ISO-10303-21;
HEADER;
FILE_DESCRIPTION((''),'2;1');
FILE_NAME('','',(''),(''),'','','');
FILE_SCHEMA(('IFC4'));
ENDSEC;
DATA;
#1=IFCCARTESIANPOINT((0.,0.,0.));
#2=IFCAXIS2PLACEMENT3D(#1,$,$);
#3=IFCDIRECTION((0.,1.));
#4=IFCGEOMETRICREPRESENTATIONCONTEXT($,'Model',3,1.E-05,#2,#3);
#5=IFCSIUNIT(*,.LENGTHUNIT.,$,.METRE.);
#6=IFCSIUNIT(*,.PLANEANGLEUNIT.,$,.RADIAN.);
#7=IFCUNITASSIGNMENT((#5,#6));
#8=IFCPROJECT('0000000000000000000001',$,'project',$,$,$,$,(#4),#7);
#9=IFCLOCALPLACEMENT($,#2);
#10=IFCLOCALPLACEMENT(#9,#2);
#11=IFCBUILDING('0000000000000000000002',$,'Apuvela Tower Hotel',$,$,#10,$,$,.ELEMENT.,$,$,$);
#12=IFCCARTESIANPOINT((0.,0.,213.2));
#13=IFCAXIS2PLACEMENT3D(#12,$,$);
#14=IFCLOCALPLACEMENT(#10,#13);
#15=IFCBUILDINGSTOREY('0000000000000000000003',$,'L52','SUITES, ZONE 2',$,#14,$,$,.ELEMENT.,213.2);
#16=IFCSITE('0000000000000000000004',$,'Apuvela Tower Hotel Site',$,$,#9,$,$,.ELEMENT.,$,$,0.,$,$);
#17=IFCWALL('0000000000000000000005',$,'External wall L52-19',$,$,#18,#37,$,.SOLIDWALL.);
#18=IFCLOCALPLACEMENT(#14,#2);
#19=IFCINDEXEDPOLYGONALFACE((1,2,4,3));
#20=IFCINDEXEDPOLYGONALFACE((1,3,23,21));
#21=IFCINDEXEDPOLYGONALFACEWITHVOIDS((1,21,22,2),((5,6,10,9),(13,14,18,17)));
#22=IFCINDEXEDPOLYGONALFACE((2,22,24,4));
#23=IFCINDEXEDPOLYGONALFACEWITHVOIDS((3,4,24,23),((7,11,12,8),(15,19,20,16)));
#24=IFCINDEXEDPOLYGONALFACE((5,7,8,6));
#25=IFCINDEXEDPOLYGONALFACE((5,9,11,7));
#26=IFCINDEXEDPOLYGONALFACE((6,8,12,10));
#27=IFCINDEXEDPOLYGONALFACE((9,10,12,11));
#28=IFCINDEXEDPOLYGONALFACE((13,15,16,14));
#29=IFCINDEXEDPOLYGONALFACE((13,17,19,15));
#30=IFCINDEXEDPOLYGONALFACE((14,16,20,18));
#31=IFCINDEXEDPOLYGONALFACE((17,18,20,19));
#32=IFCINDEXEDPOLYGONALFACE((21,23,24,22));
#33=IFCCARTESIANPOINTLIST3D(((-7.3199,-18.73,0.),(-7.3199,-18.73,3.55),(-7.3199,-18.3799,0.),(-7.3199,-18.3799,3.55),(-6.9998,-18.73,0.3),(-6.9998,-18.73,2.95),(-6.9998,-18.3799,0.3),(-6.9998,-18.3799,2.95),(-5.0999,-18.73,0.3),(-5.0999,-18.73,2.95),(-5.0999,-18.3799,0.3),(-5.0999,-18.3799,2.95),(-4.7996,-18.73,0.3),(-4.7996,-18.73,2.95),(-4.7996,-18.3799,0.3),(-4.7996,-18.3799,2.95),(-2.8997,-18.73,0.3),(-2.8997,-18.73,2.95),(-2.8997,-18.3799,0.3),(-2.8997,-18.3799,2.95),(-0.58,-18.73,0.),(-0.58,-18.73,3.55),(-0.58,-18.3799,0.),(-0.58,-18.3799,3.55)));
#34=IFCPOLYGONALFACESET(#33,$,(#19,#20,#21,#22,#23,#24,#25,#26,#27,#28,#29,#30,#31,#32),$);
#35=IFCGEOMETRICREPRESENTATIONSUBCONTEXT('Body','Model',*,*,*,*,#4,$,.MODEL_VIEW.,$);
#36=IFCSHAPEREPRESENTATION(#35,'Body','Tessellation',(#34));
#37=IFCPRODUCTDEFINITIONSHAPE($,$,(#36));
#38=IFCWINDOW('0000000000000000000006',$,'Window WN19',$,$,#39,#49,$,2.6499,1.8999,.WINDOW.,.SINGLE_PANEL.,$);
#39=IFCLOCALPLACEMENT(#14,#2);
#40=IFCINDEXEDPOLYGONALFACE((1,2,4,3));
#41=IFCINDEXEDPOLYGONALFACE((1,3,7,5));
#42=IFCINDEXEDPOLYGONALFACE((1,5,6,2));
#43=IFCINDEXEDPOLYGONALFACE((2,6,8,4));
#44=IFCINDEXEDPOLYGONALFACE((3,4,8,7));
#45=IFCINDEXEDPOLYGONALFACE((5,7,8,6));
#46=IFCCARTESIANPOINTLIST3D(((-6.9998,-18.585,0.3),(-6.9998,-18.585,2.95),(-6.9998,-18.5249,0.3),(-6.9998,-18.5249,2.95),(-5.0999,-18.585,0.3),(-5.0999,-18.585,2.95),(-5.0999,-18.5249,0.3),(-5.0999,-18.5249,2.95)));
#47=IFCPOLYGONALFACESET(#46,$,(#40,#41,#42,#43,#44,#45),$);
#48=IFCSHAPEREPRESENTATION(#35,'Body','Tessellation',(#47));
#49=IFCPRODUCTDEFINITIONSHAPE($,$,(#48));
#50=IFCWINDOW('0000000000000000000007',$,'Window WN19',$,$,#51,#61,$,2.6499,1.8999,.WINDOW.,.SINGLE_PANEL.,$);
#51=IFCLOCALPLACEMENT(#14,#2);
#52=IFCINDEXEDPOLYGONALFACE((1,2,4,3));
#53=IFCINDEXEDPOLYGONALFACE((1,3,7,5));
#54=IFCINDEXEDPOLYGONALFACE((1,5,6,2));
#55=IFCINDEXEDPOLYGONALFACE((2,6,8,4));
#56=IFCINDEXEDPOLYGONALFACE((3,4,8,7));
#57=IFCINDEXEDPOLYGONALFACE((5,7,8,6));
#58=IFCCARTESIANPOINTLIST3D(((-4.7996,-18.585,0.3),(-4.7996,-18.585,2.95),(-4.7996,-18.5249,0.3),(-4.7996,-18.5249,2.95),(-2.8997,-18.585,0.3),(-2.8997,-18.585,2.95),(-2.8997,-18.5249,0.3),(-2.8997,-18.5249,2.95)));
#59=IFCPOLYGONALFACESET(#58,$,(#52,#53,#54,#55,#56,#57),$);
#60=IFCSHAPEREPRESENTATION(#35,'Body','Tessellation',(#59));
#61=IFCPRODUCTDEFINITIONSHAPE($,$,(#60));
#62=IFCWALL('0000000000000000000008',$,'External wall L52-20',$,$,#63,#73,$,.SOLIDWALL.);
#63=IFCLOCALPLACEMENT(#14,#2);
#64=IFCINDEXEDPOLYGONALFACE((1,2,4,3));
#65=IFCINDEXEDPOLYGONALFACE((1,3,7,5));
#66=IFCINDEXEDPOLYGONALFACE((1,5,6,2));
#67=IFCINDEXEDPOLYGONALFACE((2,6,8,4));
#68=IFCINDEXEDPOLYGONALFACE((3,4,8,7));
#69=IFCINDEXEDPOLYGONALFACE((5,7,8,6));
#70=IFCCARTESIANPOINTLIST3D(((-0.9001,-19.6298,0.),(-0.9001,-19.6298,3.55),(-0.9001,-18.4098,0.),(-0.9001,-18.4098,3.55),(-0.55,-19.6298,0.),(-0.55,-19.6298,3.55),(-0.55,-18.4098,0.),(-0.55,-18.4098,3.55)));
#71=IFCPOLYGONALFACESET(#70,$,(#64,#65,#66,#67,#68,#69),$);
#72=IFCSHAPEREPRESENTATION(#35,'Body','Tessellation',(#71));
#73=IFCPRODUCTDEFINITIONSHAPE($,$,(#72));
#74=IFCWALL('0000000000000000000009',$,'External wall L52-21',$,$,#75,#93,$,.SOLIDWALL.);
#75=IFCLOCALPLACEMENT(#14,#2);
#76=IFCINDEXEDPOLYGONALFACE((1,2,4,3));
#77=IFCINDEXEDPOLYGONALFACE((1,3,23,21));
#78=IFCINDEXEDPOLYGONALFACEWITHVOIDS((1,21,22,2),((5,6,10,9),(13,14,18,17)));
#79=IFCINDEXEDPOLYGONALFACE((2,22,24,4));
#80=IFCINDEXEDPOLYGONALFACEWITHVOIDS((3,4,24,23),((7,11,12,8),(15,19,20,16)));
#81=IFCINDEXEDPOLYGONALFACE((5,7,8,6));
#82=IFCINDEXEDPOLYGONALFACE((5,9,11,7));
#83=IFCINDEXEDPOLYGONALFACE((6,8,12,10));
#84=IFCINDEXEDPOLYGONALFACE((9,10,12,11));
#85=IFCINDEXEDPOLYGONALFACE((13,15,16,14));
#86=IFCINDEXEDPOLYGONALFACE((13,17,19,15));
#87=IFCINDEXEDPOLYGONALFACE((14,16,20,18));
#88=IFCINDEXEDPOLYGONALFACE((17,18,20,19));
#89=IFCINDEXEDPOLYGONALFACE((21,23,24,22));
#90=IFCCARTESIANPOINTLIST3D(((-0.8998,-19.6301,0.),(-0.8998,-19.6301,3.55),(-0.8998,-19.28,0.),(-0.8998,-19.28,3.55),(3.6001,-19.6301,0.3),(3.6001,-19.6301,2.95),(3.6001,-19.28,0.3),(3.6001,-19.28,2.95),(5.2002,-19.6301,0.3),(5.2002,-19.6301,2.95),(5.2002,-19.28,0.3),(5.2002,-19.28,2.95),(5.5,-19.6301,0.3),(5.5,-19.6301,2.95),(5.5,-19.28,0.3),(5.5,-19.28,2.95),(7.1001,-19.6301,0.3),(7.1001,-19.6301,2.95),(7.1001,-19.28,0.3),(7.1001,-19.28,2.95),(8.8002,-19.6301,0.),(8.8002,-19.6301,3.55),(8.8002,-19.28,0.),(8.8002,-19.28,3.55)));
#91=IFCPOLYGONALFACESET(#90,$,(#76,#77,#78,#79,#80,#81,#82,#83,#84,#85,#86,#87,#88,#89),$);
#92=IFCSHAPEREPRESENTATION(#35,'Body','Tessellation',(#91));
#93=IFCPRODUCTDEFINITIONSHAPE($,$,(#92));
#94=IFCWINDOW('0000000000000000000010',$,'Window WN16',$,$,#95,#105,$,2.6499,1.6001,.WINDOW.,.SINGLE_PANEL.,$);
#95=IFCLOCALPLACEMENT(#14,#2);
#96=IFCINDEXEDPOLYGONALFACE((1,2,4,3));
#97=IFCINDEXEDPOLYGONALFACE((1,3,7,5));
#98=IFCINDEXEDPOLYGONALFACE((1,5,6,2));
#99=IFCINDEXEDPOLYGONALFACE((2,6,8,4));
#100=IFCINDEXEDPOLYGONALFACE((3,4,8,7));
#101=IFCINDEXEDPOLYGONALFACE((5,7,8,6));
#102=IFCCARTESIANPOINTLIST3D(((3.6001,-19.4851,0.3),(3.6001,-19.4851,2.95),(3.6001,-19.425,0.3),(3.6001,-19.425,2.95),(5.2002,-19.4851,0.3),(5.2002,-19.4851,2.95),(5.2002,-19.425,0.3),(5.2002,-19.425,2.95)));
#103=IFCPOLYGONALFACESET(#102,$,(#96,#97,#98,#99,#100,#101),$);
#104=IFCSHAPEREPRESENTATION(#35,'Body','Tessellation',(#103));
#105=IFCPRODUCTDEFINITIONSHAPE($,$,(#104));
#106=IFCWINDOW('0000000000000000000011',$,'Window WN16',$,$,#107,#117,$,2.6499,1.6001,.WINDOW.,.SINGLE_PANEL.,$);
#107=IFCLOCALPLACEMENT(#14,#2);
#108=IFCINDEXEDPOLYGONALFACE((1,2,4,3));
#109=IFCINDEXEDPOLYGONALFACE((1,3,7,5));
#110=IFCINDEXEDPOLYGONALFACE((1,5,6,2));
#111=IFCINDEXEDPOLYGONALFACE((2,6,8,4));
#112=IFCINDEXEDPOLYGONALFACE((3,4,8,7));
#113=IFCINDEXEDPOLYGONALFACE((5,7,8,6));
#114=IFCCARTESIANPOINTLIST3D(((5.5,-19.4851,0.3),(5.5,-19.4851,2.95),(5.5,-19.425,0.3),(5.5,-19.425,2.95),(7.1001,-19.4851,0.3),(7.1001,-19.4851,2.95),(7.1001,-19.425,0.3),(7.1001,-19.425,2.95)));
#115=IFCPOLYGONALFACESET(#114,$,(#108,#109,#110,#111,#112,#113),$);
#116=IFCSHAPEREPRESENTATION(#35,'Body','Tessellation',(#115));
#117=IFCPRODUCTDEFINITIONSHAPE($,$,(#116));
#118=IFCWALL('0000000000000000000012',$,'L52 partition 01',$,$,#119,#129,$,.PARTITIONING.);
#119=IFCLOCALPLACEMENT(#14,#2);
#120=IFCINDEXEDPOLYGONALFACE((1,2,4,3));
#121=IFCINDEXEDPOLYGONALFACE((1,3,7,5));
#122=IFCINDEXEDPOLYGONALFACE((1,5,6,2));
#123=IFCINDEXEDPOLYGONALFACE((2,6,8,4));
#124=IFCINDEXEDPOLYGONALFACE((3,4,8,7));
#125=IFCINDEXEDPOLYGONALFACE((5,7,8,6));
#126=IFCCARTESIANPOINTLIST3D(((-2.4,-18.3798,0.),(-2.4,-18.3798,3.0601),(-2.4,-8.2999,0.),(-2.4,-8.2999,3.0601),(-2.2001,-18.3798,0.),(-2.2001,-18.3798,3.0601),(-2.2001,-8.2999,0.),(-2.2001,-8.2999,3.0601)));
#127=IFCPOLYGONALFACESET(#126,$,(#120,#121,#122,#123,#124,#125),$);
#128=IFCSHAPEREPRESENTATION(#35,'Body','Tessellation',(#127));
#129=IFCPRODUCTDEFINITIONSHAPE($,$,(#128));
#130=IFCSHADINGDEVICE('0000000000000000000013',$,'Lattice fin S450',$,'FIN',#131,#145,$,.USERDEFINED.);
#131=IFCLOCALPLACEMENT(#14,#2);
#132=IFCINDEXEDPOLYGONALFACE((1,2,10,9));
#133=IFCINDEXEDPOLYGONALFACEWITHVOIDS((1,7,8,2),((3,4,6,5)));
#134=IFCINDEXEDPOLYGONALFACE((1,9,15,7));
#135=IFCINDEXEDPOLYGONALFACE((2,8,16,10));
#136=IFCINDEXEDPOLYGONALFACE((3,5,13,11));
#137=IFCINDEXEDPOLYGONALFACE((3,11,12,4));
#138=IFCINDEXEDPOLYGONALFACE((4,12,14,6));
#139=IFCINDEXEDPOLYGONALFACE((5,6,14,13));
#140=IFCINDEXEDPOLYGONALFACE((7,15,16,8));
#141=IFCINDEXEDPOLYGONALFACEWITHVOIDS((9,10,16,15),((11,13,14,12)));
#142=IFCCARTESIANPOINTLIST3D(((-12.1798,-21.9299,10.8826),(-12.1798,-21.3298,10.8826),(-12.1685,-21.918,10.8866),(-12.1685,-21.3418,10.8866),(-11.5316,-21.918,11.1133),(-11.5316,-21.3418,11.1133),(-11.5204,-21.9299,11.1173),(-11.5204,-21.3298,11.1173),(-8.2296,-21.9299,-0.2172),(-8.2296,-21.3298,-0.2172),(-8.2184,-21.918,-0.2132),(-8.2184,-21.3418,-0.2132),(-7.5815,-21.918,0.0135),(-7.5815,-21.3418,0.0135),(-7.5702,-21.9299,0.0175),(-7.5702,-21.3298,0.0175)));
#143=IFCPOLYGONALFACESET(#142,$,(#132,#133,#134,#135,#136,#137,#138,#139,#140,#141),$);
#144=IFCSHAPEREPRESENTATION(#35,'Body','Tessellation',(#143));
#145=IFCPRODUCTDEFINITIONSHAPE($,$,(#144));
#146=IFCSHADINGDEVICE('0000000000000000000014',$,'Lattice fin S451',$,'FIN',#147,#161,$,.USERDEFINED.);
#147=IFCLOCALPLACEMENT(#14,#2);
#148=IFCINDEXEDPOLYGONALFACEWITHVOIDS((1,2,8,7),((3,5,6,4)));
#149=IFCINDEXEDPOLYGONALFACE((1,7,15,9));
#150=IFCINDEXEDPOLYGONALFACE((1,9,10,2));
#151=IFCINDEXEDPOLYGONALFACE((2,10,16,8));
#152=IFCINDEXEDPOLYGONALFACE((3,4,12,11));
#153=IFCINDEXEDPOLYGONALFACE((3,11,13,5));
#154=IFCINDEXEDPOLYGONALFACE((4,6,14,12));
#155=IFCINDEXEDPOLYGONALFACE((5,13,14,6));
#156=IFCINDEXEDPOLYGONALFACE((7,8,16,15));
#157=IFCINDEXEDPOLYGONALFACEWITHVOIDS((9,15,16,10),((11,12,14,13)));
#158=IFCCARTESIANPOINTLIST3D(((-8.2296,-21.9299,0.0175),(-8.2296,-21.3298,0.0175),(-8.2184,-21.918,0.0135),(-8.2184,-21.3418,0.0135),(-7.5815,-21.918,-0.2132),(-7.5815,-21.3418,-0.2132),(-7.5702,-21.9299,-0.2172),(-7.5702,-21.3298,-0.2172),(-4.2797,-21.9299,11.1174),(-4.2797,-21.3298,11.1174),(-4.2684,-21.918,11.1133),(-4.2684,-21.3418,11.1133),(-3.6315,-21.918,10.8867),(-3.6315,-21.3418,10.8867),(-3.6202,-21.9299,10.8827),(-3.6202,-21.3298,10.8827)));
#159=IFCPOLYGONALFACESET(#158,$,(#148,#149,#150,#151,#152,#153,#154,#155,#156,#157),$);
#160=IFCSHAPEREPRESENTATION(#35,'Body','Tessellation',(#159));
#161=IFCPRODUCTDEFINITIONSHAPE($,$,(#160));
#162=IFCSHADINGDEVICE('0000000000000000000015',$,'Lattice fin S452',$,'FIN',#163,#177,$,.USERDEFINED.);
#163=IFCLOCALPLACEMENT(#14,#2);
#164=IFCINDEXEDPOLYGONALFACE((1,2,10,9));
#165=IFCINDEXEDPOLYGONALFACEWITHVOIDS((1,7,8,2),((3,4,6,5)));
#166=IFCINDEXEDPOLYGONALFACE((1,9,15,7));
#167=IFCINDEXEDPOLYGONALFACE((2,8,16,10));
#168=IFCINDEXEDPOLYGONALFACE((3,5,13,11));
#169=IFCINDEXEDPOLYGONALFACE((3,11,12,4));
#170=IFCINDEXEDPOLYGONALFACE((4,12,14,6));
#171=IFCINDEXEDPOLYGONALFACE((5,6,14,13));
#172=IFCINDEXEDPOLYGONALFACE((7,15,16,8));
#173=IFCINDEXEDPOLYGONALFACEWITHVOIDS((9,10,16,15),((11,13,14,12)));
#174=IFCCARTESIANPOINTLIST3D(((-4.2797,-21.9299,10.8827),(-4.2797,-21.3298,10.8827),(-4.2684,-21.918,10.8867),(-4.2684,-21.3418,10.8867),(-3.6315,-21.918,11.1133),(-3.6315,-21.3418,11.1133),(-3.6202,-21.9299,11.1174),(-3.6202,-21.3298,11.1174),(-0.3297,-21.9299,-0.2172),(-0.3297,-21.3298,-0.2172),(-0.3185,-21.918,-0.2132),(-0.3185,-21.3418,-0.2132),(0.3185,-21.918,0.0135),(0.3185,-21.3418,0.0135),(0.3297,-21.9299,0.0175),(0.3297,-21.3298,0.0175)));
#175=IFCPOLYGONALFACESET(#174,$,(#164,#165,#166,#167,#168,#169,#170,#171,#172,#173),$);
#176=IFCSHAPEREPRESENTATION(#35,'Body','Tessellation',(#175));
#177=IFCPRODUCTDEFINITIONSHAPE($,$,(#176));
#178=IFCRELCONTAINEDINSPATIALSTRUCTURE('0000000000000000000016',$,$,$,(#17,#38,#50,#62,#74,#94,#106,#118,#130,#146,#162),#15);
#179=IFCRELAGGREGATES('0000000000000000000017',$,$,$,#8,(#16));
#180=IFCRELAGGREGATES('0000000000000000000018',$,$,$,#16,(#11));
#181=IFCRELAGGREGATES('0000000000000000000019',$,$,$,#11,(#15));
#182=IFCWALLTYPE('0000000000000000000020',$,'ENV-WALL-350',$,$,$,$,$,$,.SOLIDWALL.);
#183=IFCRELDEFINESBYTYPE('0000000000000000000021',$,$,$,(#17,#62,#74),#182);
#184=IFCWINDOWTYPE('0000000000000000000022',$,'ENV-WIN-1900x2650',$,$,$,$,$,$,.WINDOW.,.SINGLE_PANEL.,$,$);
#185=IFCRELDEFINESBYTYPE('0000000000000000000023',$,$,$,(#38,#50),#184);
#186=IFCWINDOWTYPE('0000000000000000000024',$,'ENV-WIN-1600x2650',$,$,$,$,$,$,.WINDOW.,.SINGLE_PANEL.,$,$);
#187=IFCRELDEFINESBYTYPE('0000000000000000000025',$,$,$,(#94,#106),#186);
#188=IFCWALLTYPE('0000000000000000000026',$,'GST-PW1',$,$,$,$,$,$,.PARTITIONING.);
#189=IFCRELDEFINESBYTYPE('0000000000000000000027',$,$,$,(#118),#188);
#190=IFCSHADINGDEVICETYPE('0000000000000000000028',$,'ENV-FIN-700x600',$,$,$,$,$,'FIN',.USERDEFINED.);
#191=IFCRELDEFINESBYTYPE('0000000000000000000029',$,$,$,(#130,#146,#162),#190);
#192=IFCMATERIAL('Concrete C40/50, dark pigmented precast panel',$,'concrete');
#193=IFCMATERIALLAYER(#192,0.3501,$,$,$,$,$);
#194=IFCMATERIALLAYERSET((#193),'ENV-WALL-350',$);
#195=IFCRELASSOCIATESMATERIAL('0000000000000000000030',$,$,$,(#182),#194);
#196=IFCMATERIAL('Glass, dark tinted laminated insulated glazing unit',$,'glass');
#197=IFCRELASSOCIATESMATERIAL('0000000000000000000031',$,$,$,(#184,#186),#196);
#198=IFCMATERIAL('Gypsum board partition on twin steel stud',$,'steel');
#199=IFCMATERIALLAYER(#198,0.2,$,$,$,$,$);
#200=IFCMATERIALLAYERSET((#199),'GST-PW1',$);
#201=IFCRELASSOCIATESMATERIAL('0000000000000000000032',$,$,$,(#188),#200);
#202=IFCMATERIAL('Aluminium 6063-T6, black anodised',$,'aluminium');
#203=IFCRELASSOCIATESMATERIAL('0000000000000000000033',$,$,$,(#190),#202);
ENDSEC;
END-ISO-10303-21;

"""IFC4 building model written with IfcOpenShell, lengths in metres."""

from ifc_helpers import new_model, si_unit, direction, frame, frame_2d, origin, origin_2d, place, context, subcontext, project, spatial, rectangle, hollow_rectangle, extrude, material, layer, layer_set, material_profile, profile_set, type_object, element, fill, save


model = new_model("IFC4")

# Units and contexts
model_context = context("Model", 3, precision=1e-05, world=origin(), true_north=direction((0.0, 1.0)))
body_context = subcontext(model_context, "Body", "Model", "MODEL_VIEW")
ifc_project = project(units=[si_unit("LENGTHUNIT", "METRE"), si_unit("PLANEANGLEUNIT", "RADIAN")], contexts=[model_context])

# Site, building, storey
site_placement = place(None, origin())
site = spatial("IfcSite", under=ifc_project, at=site_placement, Name="Apuvela Tower Hotel Site", CompositionType="ELEMENT", RefElevation=0.0)
building_placement = place(site_placement, origin())
building = spatial("IfcBuilding", under=site, at=building_placement, Name="Apuvela Tower Hotel", CompositionType="ELEMENT")
storey_placement = place(building_placement, frame((0.0, 0.0, 213.2)))
storey = spatial("IfcBuildingStorey", under=building, at=storey_placement, Name="L52", Description="SUITES, ZONE 2", CompositionType="ELEMENT", Elevation=213.2)

# Shared definitions
ifc_material_1 = material(Name="Concrete C40/50, dark pigmented precast panel", Category="concrete")
ifc_layer_1 = layer(ifc_material_1, 0.3501)
ifc_layer_set_1 = layer_set([ifc_layer_1], Name="ENV-WALL-350")
wall_type_1 = type_object("IfcWallType", Name="ENV-WALL-350", PredefinedType="SOLIDWALL", material=ifc_layer_set_1)

# Wall, openings, windows
wall_1_placement = place(storey_placement, frame((-7.3201, -18.5549, 0.0), z_axis=(0.0, 0.0, 1.0), x_axis=(1.0, 0.0, 0.0)))
wall_1 = element("IfcWall", 1, at=wall_1_placement, inside=storey, type_object=wall_type_1, Name="External wall L52-19", PredefinedType="SOLIDWALL", context=body_context, shape_type="SweptSolid", body=[
    extrude(rectangle(XDim=6.74, YDim=0.3501, at=frame_2d((3.3701, 0.0))), origin(), (0.0, 0.0, 1.0), 3.55),
])
opening_1_placement = place(wall_1_placement, frame((0.3203, 0.0, 0.3)))
opening_1 = element("IfcOpeningElement", 2, at=opening_1_placement, cuts=wall_1, PredefinedType="OPENING", context=body_context, shape_type="SweptSolid", body=[
    extrude(rectangle(XDim=1.8999, YDim=2.6499, at=frame_2d((0.95, 1.325))), frame((0.0, 0.1851, 0.0), z_axis=(0.0, -1.0, 0.0), x_axis=(1.0, 0.0, 0.0)), (0.0, 0.0, 1.0), 0.3701),
])
opening_2_placement = place(wall_1_placement, frame((2.5205, 0.0, 0.3)))
opening_2 = element("IfcOpeningElement", 3, at=opening_2_placement, cuts=wall_1, PredefinedType="OPENING", context=body_context, shape_type="SweptSolid", body=[
    extrude(rectangle(XDim=1.8999, YDim=2.6499, at=frame_2d((0.95, 1.325))), frame((0.0, 0.1851, 0.0), z_axis=(0.0, -1.0, 0.0), x_axis=(1.0, 0.0, 0.0)), (0.0, 0.0, 1.0), 0.3701),
])
ifc_material_2 = material(Name="Glass, dark tinted laminated insulated glazing unit", Category="glass")
window_type_1 = type_object("IfcWindowType", Name="ENV-WIN-1900x2650", PartitioningType="SINGLE_PANEL", PredefinedType="WINDOW", material=ifc_material_2)
window_1_placement = place(opening_1_placement, origin())
window_1 = element("IfcWindow", 4, at=window_1_placement, inside=storey, type_object=window_type_1, Name="Window WN19", OverallHeight=2.6499, OverallWidth=1.8999, PartitioningType="SINGLE_PANEL", PredefinedType="WINDOW", context=body_context, shape_type="SweptSolid", body=[
    extrude(rectangle(XDim=1.8999, YDim=2.6499, at=frame_2d((0.95, 1.325))), frame((0.0, 0.03, 0.0), z_axis=(0.0, -1.0, 0.0), x_axis=(1.0, 0.0, 0.0)), (0.0, 0.0, 1.0), 0.0601),
])
fill(opening_1, window_1)
window_2_placement = place(opening_2_placement, origin())
window_2 = element("IfcWindow", 5, at=window_2_placement, inside=storey, type_object=window_type_1, Name="Window WN19", OverallHeight=2.6499, OverallWidth=1.8999, PartitioningType="SINGLE_PANEL", PredefinedType="WINDOW", context=body_context, shape_type="SweptSolid", body=[
    extrude(rectangle(XDim=1.8999, YDim=2.6499, at=frame_2d((0.95, 1.325))), frame((0.0, 0.03, 0.0), z_axis=(0.0, -1.0, 0.0), x_axis=(1.0, 0.0, 0.0)), (0.0, 0.0, 1.0), 0.0601),
])
fill(opening_2, window_2)

# Wall
wall_2_placement = place(storey_placement, frame((-0.7251, -18.4099, 0.0), z_axis=(0.0, 0.0, 1.0), x_axis=(0.0, -1.0, 0.0)))
element("IfcWall", 6, at=wall_2_placement, inside=storey, type_object=wall_type_1, Name="External wall L52-20", PredefinedType="SOLIDWALL", context=body_context, shape_type="SweptSolid", body=[
    extrude(rectangle(XDim=1.22, YDim=0.3501, at=frame_2d((0.6099, 0.0))), origin(), (0.0, 0.0, 1.0), 3.55),
])

# Wall, openings, windows
wall_3_placement = place(storey_placement, frame((-0.8999, -19.4551, 0.0), z_axis=(0.0, 0.0, 1.0), x_axis=(1.0, 0.0, 0.0)))
wall_3 = element("IfcWall", 7, at=wall_3_placement, inside=storey, type_object=wall_type_1, Name="External wall L52-21", PredefinedType="SOLIDWALL", context=body_context, shape_type="SweptSolid", body=[
    extrude(rectangle(XDim=9.7, YDim=0.3501, at=frame_2d((4.8501, 0.0))), origin(), (0.0, 0.0, 1.0), 3.55),
])
opening_3_placement = place(wall_3_placement, frame((4.5, 0.0, 0.3)))
opening_3 = element("IfcOpeningElement", 8, at=opening_3_placement, cuts=wall_3, PredefinedType="OPENING", context=body_context, shape_type="SweptSolid", body=[
    extrude(rectangle(XDim=1.6001, YDim=2.6499, at=frame_2d((0.8, 1.325))), frame((0.0, 0.1851, 0.0), z_axis=(0.0, -1.0, 0.0), x_axis=(1.0, 0.0, 0.0)), (0.0, 0.0, 1.0), 0.3701),
])
opening_4_placement = place(wall_3_placement, frame((6.3999, 0.0, 0.3)))
opening_4 = element("IfcOpeningElement", 9, at=opening_4_placement, cuts=wall_3, PredefinedType="OPENING", context=body_context, shape_type="SweptSolid", body=[
    extrude(rectangle(XDim=1.6001, YDim=2.6499, at=frame_2d((0.8, 1.325))), frame((0.0, 0.1851, 0.0), z_axis=(0.0, -1.0, 0.0), x_axis=(1.0, 0.0, 0.0)), (0.0, 0.0, 1.0), 0.3701),
])
window_type_2 = type_object("IfcWindowType", Name="ENV-WIN-1600x2650", PartitioningType="SINGLE_PANEL", PredefinedType="WINDOW", material=ifc_material_2)
window_3_placement = place(opening_3_placement, origin())
window_3 = element("IfcWindow", 10, at=window_3_placement, inside=storey, type_object=window_type_2, Name="Window WN16", OverallHeight=2.6499, OverallWidth=1.6001, PartitioningType="SINGLE_PANEL", PredefinedType="WINDOW", context=body_context, shape_type="SweptSolid", body=[
    extrude(rectangle(XDim=1.6001, YDim=2.6499, at=frame_2d((0.8, 1.325))), frame((0.0, 0.03, 0.0), z_axis=(0.0, -1.0, 0.0), x_axis=(1.0, 0.0, 0.0)), (0.0, 0.0, 1.0), 0.0601),
])
fill(opening_3, window_3)
window_4_placement = place(opening_4_placement, origin())
window_4 = element("IfcWindow", 11, at=window_4_placement, inside=storey, type_object=window_type_2, Name="Window WN16", OverallHeight=2.6499, OverallWidth=1.6001, PartitioningType="SINGLE_PANEL", PredefinedType="WINDOW", context=body_context, shape_type="SweptSolid", body=[
    extrude(rectangle(XDim=1.6001, YDim=2.6499, at=frame_2d((0.8, 1.325))), frame((0.0, 0.03, 0.0), z_axis=(0.0, -1.0, 0.0), x_axis=(1.0, 0.0, 0.0)), (0.0, 0.0, 1.0), 0.0601),
])
fill(opening_4, window_4)

# Wall
ifc_material_3 = material(Name="Gypsum board partition on twin steel stud", Category="steel")
ifc_layer_2 = layer(ifc_material_3, 0.2)
ifc_layer_set_2 = layer_set([ifc_layer_2], Name="GST-PW1")
wall_type_2 = type_object("IfcWallType", Name="GST-PW1", PredefinedType="PARTITIONING", material=ifc_layer_set_2)
wall_4_placement = place(storey_placement, frame((-2.3, -18.3799, 0.0), z_axis=(0.0, 0.0, 1.0), x_axis=(0.0, 1.0, 0.0)))
element("IfcWall", 12, at=wall_4_placement, inside=storey, type_object=wall_type_2, Name="L52 partition 01", PredefinedType="PARTITIONING", context=body_context, shape_type="SweptSolid", body=[
    extrude(rectangle(XDim=10.0798, YDim=0.2, at=frame_2d((5.04, 0.0))), origin(), (0.0, 0.0, 1.0), 3.0601),
])

# Shading devices
ifc_material_4 = material(Name="Aluminium 6063-T6, black anodised", Category="aluminium")
ifc_material_profile_1 = material_profile(ifc_material_4, hollow_rectangle(XDim=0.6001, YDim=0.7, WallThickness=0.012, at=origin_2d()), Name="AL BOX 700x600x12")
ifc_profile_set_1 = profile_set([ifc_material_profile_1], Name="Aluminium 6063-T6, black anodised")
shading_device_type = type_object("IfcShadingDeviceType", Name="ENV-FIN-700x600", ElementType="FIN", PredefinedType="USERDEFINED", material=ifc_profile_set_1)
for number, where, z_axis, x_axis, name in (
    (13, (-7.8999, -21.6299, -0.0999), (-0.335279, 0.0, 0.942119), (0.0, -1.0, 0.0), "Lattice fin S450"),
    (14, (-7.8999, -21.6299, -0.0999), (0.335261, 0.0, 0.942125), (0.0, 1.0, 0.0), "Lattice fin S451"),
    (15, (0.0, -21.6299, -0.0999), (-0.335261, 0.0, 0.942125), (0.0, -1.0, 0.0), "Lattice fin S452"),
):
    element("IfcShadingDevice", number, at=place(storey_placement, frame(where, z_axis=z_axis, x_axis=x_axis)), inside=storey, type_object=shading_device_type, Name=name, ObjectType="FIN", PredefinedType="USERDEFINED", context=body_context, shape_type="SweptSolid", body=[
        extrude(hollow_rectangle(XDim=0.6001, YDim=0.7, WallThickness=0.012, at=origin_2d()), origin(), (0.0, 0.0, 1.0), 11.7817),
    ])

save(model, "model.ifc")
